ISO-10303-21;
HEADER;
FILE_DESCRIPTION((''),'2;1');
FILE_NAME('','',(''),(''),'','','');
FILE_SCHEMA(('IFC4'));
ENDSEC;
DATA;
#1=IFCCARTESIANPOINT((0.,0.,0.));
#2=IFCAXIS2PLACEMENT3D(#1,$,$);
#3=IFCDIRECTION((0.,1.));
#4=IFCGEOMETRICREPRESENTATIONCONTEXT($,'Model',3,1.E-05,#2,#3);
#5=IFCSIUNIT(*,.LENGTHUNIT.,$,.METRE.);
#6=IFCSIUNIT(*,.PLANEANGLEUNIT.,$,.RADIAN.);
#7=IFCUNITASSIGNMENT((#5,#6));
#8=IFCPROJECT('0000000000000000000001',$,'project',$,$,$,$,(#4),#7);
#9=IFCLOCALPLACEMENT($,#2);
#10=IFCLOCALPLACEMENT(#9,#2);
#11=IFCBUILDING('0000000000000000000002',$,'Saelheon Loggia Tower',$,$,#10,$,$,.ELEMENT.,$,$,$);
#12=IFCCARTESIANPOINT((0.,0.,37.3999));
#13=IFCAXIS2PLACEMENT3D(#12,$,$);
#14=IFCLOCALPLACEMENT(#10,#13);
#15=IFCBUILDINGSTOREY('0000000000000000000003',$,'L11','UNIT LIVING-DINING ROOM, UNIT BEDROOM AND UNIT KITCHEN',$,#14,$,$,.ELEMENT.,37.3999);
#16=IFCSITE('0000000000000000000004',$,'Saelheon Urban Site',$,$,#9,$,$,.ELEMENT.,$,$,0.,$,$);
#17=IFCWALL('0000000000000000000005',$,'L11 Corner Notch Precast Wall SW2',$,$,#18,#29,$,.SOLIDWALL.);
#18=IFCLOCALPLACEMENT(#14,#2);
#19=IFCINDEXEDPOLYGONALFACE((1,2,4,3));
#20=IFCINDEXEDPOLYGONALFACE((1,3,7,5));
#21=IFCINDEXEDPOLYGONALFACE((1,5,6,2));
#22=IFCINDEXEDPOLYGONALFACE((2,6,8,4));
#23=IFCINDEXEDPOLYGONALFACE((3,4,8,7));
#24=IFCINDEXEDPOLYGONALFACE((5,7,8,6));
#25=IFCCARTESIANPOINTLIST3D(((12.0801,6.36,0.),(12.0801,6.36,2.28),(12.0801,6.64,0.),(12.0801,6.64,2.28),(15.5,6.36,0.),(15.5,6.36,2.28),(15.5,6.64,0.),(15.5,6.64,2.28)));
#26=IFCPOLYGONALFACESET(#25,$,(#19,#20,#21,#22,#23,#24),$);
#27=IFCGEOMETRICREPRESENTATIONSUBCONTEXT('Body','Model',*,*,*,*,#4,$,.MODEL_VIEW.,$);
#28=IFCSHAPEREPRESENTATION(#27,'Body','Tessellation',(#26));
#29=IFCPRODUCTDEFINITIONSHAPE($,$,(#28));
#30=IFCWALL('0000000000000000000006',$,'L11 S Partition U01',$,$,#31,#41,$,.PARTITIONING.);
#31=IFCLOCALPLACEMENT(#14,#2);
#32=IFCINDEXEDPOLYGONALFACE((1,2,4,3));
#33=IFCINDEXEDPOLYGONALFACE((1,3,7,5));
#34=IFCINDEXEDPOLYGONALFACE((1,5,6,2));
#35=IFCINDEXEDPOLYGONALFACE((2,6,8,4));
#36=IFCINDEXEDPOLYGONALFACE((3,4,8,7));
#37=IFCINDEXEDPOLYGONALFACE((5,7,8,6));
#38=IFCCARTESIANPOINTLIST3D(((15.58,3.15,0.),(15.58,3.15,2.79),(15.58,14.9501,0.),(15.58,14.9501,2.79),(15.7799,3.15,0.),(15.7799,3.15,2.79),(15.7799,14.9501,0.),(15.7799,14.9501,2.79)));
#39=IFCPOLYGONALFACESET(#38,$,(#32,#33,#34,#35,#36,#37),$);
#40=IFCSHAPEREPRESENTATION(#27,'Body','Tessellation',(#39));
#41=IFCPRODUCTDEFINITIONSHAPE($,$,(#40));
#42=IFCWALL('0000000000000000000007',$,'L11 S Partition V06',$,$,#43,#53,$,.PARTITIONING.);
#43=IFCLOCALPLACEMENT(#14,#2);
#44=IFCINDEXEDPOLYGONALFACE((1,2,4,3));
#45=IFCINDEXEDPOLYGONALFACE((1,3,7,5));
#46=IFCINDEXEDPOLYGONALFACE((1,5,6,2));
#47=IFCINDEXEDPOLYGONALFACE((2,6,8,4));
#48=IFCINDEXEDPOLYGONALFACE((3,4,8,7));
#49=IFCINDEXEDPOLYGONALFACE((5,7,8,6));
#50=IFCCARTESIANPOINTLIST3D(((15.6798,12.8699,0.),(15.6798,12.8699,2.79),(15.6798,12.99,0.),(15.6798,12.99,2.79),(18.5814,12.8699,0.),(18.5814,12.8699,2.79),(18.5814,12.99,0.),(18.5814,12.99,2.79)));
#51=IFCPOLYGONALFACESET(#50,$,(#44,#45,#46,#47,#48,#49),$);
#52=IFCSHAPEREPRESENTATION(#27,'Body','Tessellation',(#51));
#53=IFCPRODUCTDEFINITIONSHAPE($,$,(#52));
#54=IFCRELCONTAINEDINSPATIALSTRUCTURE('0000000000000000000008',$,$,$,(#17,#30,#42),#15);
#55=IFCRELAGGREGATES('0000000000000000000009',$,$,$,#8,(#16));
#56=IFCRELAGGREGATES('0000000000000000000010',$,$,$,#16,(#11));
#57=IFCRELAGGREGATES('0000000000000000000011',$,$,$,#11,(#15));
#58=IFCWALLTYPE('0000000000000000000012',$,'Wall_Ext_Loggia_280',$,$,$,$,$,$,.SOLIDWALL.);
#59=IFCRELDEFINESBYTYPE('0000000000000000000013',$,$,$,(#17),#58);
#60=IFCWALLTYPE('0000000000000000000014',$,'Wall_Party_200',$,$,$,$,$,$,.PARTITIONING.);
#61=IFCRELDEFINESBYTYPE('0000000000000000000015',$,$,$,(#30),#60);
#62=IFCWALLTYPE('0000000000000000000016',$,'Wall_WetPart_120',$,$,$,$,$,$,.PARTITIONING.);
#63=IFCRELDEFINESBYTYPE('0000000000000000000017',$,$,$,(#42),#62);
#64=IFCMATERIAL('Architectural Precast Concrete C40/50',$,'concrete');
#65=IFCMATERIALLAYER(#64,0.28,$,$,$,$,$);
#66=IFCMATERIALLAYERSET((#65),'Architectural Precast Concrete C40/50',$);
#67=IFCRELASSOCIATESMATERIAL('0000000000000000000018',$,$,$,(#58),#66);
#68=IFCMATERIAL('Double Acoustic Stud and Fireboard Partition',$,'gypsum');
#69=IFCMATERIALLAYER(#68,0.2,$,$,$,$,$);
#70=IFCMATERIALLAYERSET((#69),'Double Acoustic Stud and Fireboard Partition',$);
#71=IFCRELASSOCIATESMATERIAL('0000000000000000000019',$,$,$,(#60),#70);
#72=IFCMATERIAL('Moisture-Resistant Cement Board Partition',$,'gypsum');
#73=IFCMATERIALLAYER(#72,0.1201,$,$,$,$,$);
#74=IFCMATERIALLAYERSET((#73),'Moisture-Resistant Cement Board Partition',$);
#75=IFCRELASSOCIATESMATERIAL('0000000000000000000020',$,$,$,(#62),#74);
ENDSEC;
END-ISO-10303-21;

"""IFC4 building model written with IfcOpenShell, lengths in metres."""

from ifc_helpers import new_model, si_unit, direction, frame, frame_2d, origin, place, context, subcontext, project, spatial, rectangle, extrude, material, layer, layer_set, type_object, element, save


model = new_model("IFC4")

# Units and contexts
model_context = context("Model", 3, precision=1e-05, world=origin(), true_north=direction((0.0, 1.0)))
body_context = subcontext(model_context, "Body", "Model", "MODEL_VIEW")
ifc_project = project(units=[si_unit("LENGTHUNIT", "METRE"), si_unit("PLANEANGLEUNIT", "RADIAN")], contexts=[model_context])

# Site, building, storey
site_placement = place(None, origin())
site = spatial("IfcSite", under=ifc_project, at=site_placement, Name="Saelheon Urban Site", CompositionType="ELEMENT", RefElevation=0.0)
building_placement = place(site_placement, origin())
building = spatial("IfcBuilding", under=site, at=building_placement, Name="Saelheon Loggia Tower", CompositionType="ELEMENT")
storey_placement = place(building_placement, frame((0.0, 0.0, 37.3999)))
storey = spatial("IfcBuildingStorey", under=building, at=storey_placement, Name="L11", Description="UNIT LIVING-DINING ROOM, UNIT BEDROOM AND UNIT KITCHEN", CompositionType="ELEMENT", Elevation=37.3999)

# Shared definitions
ifc_material_1 = material(Name="Architectural Precast Concrete C40/50", Category="concrete")
ifc_layer_1 = layer(ifc_material_1, 0.28)
ifc_layer_set_1 = layer_set([ifc_layer_1], Name="Architectural Precast Concrete C40/50")
wall_type_1 = type_object("IfcWallType", Name="Wall_Ext_Loggia_280", PredefinedType="SOLIDWALL", material=ifc_layer_set_1)

# Walls
wall_1_placement = place(storey_placement, frame((12.0801, 6.5, 0.0), z_axis=(0.0, 0.0, 1.0), x_axis=(1.0, 0.0, 0.0)))
element("IfcWall", 1, at=wall_1_placement, inside=storey, type_object=wall_type_1, Name="L11 Corner Notch Precast Wall SW2", PredefinedType="SOLIDWALL", context=body_context, shape_type="SweptSolid", body=[
    extrude(rectangle(XDim=3.4199, YDim=0.28, at=frame_2d((1.71, 0.0))), origin(), (0.0, 0.0, 1.0), 2.28),
])
ifc_material_2 = material(Name="Double Acoustic Stud and Fireboard Partition", Category="gypsum")
ifc_layer_2 = layer(ifc_material_2, 0.2)
ifc_layer_set_2 = layer_set([ifc_layer_2], Name="Double Acoustic Stud and Fireboard Partition")
wall_type_2 = type_object("IfcWallType", Name="Wall_Party_200", PredefinedType="PARTITIONING", material=ifc_layer_set_2)
wall_2_placement = place(storey_placement, frame((15.6799, 14.95, 0.0), z_axis=(0.0, 0.0, 1.0), x_axis=(0.0, -1.0, 0.0)))
element("IfcWall", 2, at=wall_2_placement, inside=storey, type_object=wall_type_2, Name="L11 S Partition U01", PredefinedType="PARTITIONING", context=body_context, shape_type="SweptSolid", body=[
    extrude(rectangle(XDim=11.8, YDim=0.2, at=frame_2d((5.8999, 0.0))), origin(), (0.0, 0.0, 1.0), 2.79),
])
ifc_material_3 = material(Name="Moisture-Resistant Cement Board Partition", Category="gypsum")
ifc_layer_3 = layer(ifc_material_3, 0.1201)
ifc_layer_set_3 = layer_set([ifc_layer_3], Name="Moisture-Resistant Cement Board Partition")
wall_type_3 = type_object("IfcWallType", Name="Wall_WetPart_120", PredefinedType="PARTITIONING", material=ifc_layer_set_3)
wall_3_placement = place(storey_placement, frame((15.6799, 12.9299, 0.0), z_axis=(0.0, 0.0, 1.0), x_axis=(1.0, 0.0, 0.0)))
element("IfcWall", 3, at=wall_3_placement, inside=storey, type_object=wall_type_3, Name="L11 S Partition V06", PredefinedType="PARTITIONING", context=body_context, shape_type="SweptSolid", body=[
    extrude(rectangle(XDim=2.9016, YDim=0.1201, at=frame_2d((1.4507, 0.0))), origin(), (0.0, 0.0, 1.0), 2.79),
])

save(model, "model.ifc")
